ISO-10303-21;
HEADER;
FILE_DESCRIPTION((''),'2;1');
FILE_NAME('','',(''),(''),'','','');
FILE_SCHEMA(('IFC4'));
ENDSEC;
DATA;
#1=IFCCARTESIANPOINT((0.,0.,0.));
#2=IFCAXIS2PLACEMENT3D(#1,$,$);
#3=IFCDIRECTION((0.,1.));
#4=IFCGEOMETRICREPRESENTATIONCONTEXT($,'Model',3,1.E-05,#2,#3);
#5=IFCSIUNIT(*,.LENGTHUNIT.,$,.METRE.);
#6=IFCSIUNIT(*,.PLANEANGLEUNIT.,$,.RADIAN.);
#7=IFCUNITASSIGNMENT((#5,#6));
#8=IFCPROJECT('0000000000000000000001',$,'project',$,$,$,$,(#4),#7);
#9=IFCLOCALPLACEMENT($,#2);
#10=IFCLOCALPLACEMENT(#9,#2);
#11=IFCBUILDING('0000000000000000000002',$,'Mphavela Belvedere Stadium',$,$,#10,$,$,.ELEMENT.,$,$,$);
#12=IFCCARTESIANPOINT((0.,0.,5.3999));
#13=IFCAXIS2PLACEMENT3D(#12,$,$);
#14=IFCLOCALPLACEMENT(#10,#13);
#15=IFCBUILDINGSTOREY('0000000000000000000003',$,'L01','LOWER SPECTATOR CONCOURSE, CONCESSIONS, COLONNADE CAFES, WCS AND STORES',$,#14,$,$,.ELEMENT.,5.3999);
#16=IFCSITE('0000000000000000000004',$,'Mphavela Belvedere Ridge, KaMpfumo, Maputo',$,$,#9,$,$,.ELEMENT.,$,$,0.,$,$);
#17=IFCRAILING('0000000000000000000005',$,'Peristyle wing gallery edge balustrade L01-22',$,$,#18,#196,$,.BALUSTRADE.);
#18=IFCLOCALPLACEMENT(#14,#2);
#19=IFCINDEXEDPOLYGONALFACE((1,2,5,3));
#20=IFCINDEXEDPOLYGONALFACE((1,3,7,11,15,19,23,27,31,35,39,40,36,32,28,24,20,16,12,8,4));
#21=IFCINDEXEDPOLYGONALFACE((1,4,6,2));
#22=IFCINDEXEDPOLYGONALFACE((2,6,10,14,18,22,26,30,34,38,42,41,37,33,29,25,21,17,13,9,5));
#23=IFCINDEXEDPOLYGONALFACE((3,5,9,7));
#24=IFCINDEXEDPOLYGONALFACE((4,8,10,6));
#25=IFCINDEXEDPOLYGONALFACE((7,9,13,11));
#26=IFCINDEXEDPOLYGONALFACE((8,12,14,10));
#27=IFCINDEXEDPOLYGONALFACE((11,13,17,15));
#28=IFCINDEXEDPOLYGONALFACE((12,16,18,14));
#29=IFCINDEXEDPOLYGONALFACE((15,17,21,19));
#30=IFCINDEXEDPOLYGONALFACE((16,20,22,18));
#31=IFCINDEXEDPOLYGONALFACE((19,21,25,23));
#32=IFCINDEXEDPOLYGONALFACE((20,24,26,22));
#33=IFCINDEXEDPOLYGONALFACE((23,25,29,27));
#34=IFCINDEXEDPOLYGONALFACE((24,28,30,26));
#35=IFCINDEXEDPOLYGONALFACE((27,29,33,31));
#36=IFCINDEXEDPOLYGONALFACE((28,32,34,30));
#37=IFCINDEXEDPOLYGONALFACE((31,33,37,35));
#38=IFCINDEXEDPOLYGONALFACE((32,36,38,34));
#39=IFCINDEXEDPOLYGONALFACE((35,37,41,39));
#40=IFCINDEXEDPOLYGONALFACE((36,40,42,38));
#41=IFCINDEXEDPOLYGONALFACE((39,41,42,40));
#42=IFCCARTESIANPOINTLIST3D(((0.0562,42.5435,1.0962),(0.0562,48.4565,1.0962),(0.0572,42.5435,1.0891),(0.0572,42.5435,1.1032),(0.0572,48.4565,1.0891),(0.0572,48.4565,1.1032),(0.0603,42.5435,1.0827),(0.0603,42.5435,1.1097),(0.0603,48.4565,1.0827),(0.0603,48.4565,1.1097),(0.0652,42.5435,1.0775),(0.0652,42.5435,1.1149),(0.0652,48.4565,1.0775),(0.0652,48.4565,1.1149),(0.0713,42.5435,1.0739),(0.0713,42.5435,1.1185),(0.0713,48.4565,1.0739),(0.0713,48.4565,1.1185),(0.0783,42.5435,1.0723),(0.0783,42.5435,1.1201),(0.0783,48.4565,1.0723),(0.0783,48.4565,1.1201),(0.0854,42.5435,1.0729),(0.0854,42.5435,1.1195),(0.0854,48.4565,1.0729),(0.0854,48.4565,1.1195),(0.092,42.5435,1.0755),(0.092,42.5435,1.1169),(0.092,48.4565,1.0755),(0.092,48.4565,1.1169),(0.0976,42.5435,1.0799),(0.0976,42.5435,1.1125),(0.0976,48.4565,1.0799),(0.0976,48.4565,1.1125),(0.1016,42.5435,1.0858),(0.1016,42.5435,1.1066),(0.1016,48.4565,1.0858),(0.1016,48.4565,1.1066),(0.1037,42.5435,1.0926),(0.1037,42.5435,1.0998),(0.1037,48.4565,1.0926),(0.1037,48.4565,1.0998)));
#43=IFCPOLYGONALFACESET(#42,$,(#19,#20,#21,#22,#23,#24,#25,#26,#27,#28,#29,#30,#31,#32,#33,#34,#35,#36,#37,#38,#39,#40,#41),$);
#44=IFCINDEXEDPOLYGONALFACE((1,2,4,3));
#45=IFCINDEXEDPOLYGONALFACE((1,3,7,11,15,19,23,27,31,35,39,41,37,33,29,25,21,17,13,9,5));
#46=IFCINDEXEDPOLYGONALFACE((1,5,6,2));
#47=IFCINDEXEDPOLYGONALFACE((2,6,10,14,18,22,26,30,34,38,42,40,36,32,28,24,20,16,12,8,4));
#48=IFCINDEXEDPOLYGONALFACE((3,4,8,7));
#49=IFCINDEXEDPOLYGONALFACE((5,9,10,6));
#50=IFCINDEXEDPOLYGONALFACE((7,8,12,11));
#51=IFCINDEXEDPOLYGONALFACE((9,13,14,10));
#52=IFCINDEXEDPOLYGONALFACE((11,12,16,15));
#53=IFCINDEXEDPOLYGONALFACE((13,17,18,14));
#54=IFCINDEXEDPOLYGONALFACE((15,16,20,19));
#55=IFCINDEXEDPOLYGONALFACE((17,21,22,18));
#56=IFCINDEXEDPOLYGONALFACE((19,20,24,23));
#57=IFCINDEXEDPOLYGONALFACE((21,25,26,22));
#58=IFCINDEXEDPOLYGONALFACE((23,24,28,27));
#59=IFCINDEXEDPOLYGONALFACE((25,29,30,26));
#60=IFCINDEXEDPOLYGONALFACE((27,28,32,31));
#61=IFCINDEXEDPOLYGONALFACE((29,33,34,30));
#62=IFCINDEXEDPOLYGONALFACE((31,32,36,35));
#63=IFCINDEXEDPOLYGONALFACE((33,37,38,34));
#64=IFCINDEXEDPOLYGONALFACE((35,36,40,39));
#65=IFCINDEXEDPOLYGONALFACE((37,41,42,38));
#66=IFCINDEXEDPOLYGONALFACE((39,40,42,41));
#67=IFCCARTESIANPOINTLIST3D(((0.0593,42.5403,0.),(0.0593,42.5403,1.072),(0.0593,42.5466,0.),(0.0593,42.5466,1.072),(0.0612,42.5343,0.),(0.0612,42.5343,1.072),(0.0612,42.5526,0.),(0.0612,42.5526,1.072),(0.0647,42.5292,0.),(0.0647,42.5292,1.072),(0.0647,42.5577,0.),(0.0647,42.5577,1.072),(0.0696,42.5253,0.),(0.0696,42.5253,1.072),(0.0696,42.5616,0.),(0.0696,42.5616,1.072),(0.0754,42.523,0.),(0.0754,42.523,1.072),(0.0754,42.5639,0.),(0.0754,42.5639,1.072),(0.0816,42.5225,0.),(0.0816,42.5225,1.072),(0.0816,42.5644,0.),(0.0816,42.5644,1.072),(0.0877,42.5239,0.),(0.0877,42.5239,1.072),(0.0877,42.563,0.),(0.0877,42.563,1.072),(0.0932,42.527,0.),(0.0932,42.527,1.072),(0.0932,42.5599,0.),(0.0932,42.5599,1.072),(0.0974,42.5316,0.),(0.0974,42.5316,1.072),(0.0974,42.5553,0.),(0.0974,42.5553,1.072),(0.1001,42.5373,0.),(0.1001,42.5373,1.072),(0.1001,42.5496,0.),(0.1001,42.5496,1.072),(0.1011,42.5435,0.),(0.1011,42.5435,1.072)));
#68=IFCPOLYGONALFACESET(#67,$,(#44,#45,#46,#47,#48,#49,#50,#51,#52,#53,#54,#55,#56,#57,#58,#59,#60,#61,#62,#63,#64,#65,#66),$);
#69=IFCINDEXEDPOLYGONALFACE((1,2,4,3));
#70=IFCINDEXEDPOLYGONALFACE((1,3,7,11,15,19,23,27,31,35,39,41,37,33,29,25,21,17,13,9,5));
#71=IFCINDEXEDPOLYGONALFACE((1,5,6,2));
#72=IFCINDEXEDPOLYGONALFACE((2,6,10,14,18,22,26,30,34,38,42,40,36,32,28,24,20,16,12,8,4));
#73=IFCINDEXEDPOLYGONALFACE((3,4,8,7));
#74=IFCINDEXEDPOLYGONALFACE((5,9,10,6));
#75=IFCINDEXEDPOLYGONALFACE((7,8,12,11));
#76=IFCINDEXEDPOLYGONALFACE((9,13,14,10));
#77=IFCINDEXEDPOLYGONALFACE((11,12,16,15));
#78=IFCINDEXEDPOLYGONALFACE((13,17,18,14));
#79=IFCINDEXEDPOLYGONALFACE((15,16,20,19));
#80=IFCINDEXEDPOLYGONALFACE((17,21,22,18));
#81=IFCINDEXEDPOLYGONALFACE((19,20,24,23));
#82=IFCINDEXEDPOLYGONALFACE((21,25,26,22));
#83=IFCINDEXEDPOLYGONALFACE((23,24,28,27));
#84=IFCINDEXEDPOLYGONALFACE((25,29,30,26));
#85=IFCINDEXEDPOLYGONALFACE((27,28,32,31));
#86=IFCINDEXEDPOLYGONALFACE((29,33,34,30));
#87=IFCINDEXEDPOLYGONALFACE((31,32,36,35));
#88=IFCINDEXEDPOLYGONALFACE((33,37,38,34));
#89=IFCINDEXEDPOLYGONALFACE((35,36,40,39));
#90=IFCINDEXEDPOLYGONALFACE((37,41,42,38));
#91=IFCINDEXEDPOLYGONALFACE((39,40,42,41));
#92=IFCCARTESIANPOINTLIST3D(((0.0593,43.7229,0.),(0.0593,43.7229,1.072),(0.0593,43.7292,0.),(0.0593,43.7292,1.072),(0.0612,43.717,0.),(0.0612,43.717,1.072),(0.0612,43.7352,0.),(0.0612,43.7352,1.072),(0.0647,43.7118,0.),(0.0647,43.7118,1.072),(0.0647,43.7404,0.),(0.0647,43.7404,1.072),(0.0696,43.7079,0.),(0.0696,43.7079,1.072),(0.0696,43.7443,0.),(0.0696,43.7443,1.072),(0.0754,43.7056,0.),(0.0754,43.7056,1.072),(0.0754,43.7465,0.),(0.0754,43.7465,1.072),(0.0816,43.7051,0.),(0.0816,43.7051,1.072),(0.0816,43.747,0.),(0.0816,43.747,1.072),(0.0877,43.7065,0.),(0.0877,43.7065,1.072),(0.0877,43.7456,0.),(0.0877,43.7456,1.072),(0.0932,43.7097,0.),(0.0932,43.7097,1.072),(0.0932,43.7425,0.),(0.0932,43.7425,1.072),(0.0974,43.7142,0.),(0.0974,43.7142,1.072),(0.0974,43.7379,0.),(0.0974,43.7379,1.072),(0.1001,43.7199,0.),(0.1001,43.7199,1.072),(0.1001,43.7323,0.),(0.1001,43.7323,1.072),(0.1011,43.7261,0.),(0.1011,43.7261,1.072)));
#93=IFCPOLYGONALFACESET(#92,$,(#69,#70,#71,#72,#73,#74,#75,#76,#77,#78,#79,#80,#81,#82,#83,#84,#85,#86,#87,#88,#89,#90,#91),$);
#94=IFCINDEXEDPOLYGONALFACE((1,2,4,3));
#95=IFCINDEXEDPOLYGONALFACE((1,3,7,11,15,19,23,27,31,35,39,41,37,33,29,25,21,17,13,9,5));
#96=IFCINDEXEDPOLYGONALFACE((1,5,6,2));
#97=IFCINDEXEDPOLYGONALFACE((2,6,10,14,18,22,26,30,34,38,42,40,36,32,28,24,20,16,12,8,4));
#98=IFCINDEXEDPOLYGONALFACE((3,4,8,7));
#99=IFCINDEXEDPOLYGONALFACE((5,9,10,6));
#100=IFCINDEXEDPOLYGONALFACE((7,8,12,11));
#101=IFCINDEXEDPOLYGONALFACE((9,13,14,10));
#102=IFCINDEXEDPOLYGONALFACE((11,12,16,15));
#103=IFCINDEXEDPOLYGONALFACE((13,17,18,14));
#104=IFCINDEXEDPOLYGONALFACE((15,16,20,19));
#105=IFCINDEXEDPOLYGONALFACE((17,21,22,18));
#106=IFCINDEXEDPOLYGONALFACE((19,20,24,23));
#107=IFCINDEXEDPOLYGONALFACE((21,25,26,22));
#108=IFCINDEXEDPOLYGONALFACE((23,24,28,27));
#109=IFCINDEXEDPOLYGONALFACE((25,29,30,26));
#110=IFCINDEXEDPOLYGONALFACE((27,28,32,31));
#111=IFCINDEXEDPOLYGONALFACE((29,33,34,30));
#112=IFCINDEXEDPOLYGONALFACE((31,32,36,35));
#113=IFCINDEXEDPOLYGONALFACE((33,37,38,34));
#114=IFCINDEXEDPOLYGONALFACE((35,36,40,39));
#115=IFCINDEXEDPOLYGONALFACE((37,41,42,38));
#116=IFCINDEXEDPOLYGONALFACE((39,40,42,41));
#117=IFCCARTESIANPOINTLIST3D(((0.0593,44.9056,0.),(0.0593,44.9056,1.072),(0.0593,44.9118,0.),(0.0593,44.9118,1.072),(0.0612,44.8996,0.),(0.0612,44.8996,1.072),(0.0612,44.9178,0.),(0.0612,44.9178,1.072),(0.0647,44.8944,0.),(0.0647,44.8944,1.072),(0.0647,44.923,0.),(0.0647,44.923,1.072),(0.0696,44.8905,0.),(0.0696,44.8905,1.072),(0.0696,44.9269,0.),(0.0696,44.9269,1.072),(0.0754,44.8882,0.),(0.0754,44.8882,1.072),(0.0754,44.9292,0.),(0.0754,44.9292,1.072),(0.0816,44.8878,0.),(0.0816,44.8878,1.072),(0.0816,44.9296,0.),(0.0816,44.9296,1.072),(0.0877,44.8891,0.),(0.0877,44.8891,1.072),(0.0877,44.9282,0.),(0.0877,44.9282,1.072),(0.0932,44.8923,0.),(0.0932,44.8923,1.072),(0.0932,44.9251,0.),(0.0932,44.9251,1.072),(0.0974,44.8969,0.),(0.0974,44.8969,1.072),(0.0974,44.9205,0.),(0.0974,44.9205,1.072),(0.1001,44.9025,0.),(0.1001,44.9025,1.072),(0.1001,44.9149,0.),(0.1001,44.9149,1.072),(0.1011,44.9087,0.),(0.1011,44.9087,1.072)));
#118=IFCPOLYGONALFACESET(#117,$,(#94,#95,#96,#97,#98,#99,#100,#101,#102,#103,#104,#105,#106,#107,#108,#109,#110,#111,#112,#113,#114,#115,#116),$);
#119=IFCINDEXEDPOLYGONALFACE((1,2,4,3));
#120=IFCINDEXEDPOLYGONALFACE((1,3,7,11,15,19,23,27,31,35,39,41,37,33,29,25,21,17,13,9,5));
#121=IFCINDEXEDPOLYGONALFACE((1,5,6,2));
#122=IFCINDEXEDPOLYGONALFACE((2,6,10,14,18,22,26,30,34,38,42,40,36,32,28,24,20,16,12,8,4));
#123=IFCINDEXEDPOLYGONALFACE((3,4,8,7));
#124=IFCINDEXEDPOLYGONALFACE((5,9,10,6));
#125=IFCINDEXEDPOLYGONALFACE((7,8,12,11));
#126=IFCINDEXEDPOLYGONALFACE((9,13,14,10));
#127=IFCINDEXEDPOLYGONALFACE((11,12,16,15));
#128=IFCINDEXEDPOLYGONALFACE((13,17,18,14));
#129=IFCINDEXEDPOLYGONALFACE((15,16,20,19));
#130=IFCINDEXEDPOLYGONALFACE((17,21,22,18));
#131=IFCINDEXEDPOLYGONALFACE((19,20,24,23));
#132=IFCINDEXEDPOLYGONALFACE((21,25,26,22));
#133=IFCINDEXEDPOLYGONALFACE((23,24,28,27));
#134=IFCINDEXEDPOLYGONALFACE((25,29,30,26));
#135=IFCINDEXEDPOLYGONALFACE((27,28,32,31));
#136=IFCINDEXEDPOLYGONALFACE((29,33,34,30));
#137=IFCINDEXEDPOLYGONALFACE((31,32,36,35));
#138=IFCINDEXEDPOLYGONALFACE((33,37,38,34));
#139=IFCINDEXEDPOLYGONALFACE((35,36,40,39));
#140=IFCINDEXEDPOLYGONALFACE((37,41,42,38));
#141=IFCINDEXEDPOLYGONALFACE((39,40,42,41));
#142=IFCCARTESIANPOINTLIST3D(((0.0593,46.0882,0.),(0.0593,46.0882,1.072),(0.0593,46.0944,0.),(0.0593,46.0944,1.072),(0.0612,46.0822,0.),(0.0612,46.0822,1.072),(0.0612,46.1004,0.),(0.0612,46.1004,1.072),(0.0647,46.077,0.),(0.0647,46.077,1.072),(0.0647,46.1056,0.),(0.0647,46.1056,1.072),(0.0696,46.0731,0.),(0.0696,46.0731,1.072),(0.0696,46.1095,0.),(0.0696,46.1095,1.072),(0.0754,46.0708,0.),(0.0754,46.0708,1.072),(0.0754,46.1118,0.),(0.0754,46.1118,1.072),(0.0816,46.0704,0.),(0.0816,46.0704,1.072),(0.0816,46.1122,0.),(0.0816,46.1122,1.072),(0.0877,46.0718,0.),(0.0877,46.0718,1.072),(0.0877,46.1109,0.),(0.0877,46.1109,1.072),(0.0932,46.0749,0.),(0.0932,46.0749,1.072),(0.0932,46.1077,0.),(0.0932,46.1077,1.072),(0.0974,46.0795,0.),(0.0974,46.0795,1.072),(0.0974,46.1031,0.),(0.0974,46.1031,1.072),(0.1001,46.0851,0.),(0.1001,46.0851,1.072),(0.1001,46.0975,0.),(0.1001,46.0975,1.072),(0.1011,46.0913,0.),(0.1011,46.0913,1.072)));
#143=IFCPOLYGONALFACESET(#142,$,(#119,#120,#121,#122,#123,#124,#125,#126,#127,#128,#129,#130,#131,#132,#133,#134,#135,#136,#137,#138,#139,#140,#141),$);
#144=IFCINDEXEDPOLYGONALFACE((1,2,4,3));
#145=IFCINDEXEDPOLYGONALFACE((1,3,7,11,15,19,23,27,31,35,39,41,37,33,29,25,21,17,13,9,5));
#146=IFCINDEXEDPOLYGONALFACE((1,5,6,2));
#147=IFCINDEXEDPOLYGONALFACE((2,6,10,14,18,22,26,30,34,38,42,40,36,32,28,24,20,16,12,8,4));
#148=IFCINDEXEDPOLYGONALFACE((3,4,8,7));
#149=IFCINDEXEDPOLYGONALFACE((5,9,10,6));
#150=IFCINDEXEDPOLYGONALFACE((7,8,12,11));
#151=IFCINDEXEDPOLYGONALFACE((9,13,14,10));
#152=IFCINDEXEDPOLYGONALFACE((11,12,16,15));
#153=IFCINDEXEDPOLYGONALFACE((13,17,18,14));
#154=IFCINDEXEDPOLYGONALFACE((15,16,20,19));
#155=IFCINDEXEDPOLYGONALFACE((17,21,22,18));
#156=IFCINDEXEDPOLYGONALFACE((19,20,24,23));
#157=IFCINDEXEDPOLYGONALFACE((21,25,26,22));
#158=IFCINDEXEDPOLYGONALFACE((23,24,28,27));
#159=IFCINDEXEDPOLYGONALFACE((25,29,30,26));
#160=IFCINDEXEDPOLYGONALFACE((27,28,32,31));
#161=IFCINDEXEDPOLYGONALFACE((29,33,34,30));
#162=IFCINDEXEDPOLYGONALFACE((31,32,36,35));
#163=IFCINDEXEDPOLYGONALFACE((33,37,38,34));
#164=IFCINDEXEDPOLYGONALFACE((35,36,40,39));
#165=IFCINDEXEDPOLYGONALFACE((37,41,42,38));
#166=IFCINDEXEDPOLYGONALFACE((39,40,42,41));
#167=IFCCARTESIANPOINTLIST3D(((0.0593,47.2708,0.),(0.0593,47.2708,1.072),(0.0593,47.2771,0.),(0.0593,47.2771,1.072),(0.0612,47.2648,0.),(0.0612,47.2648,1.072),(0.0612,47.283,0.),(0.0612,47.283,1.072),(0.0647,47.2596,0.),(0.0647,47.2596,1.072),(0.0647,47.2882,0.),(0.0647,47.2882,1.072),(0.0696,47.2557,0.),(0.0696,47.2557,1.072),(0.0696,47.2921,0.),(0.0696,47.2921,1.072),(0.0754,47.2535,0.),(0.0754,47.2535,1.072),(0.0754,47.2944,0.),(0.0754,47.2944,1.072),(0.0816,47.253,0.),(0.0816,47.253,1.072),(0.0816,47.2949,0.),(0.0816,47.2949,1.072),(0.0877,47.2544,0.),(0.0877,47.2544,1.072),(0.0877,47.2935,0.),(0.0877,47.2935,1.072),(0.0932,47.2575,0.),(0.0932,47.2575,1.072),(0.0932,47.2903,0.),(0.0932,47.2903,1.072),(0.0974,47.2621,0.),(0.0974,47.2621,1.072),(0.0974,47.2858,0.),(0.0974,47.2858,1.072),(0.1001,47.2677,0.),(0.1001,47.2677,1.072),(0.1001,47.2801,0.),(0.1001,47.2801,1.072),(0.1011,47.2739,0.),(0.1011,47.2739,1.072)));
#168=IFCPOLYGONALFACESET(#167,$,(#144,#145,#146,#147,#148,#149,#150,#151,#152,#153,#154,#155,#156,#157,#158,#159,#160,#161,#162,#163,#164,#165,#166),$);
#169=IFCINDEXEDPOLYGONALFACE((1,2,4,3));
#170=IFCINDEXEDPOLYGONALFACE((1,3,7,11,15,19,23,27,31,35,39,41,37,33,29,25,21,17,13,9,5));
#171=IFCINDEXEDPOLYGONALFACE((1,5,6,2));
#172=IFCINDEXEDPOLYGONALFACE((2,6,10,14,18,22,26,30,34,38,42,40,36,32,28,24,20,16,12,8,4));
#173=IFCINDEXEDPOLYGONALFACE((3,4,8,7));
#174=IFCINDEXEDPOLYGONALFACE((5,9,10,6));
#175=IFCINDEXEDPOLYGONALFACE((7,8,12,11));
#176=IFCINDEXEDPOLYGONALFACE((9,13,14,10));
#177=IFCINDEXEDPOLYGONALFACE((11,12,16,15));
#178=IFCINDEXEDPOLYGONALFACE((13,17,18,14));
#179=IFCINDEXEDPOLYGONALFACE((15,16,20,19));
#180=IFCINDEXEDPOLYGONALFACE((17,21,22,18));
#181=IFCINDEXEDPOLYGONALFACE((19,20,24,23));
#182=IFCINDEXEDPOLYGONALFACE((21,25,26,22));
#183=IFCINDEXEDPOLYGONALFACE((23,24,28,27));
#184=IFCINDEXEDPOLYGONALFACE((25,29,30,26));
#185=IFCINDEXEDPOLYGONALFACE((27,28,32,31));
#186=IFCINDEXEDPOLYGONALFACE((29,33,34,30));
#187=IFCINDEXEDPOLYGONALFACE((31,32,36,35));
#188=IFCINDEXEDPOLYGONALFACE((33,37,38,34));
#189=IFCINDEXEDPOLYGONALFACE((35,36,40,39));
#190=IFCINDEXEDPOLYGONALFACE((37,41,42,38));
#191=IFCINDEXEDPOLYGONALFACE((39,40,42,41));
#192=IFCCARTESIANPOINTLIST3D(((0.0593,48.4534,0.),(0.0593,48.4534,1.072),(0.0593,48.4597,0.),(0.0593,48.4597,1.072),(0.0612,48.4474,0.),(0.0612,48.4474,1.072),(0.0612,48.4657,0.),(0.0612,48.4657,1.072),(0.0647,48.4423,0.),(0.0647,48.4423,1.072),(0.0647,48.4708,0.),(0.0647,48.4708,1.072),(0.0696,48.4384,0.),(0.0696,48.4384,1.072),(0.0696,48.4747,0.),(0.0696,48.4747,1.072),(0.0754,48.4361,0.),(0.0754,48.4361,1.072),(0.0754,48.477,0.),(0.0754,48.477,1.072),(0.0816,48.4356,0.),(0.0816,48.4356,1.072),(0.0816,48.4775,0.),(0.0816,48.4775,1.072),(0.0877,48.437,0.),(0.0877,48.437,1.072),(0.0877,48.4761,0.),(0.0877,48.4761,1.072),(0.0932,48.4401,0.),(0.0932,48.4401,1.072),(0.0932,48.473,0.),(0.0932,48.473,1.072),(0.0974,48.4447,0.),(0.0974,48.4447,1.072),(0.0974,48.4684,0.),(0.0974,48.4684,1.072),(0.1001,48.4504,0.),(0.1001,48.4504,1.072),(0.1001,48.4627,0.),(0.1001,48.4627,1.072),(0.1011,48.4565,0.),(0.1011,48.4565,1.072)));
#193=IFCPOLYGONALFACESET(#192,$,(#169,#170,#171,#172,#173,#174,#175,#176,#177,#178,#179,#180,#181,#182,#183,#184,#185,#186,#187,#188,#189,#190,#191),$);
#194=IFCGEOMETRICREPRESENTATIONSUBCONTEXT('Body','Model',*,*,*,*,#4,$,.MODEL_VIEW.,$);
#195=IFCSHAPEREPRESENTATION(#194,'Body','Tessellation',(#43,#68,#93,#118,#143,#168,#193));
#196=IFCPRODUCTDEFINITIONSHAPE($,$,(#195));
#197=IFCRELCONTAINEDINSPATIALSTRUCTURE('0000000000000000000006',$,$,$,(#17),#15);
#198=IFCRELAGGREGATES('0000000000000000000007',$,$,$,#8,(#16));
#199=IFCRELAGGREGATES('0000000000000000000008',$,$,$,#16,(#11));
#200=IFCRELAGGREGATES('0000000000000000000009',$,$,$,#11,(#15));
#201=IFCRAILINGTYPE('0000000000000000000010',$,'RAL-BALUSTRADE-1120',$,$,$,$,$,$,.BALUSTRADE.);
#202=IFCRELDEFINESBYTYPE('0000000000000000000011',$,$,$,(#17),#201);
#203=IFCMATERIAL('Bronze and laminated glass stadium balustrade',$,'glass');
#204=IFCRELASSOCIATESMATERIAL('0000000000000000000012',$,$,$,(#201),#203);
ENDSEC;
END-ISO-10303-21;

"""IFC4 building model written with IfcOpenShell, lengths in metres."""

from ifc_helpers import new_model, si_unit, direction, frame, origin, origin_2d, place, context, subcontext, project, spatial, circle, extrude, material, type_object, element, save


model = new_model("IFC4")

# Units and contexts
model_context = context("Model", 3, precision=1e-05, world=origin(), true_north=direction((0.0, 1.0)))
body_context = subcontext(model_context, "Body", "Model", "MODEL_VIEW")
ifc_project = project(units=[si_unit("LENGTHUNIT", "METRE"), si_unit("PLANEANGLEUNIT", "RADIAN")], contexts=[model_context])

# Site, building, storey
site_placement = place(None, origin())
site = spatial("IfcSite", under=ifc_project, at=site_placement, Name="Mphavela Belvedere Ridge, KaMpfumo, Maputo", CompositionType="ELEMENT", RefElevation=0.0)
building_placement = place(site_placement, origin())
building = spatial("IfcBuilding", under=site, at=building_placement, Name="Mphavela Belvedere Stadium", CompositionType="ELEMENT")
storey_placement = place(building_placement, frame((0.0, 0.0, 5.3999)))
storey = spatial("IfcBuildingStorey", under=building, at=storey_placement, Name="L01", Description="LOWER SPECTATOR CONCOURSE, CONCESSIONS, COLONNADE CAFES, WCS AND STORES", CompositionType="ELEMENT", Elevation=5.3999)

# Railing
ifc_material_1 = material(Name="Bronze and laminated glass stadium balustrade", Category="glass")
railing_type = type_object("IfcRailingType", Name="RAL-BALUSTRADE-1120", PredefinedType="BALUSTRADE", material=ifc_material_1)
for number, where, name in (
    (1, (0.0801, 42.5435, 0.0), "Peristyle wing gallery edge balustrade L01-22"),
):
    element("IfcRailing", number, at=place(storey_placement, frame(where)), inside=storey, type_object=railing_type, Name=name, PredefinedType="BALUSTRADE", context=body_context, shape_type="SweptSolid", body=[
        extrude(circle(Radius=0.0239, at=origin_2d()), frame((0.0, 0.0, 1.0962), z_axis=(0.0, 1.0, 0.0), x_axis=(-1.0, 0.0, 0.0)), (0.0, 0.0, 1.0), 5.9131),
        extrude(circle(Radius=0.021, at=origin_2d()), origin(), (0.0, 0.0, 1.0), 1.072),
        extrude(circle(Radius=0.021, at=origin_2d()), frame((0.0, 1.1826, 0.0)), (0.0, 0.0, 1.0), 1.072),
        extrude(circle(Radius=0.021, at=origin_2d()), frame((0.0, 2.3652, 0.0)), (0.0, 0.0, 1.0), 1.072),
        extrude(circle(Radius=0.021, at=origin_2d()), frame((0.0, 3.5479, 0.0)), (0.0, 0.0, 1.0), 1.072),
        extrude(circle(Radius=0.021, at=origin_2d()), frame((0.0, 4.7305, 0.0)), (0.0, 0.0, 1.0), 1.072),
        extrude(circle(Radius=0.021, at=origin_2d()), frame((0.0, 5.9131, 0.0)), (0.0, 0.0, 1.0), 1.072),
    ])

save(model, "model.ifc")
